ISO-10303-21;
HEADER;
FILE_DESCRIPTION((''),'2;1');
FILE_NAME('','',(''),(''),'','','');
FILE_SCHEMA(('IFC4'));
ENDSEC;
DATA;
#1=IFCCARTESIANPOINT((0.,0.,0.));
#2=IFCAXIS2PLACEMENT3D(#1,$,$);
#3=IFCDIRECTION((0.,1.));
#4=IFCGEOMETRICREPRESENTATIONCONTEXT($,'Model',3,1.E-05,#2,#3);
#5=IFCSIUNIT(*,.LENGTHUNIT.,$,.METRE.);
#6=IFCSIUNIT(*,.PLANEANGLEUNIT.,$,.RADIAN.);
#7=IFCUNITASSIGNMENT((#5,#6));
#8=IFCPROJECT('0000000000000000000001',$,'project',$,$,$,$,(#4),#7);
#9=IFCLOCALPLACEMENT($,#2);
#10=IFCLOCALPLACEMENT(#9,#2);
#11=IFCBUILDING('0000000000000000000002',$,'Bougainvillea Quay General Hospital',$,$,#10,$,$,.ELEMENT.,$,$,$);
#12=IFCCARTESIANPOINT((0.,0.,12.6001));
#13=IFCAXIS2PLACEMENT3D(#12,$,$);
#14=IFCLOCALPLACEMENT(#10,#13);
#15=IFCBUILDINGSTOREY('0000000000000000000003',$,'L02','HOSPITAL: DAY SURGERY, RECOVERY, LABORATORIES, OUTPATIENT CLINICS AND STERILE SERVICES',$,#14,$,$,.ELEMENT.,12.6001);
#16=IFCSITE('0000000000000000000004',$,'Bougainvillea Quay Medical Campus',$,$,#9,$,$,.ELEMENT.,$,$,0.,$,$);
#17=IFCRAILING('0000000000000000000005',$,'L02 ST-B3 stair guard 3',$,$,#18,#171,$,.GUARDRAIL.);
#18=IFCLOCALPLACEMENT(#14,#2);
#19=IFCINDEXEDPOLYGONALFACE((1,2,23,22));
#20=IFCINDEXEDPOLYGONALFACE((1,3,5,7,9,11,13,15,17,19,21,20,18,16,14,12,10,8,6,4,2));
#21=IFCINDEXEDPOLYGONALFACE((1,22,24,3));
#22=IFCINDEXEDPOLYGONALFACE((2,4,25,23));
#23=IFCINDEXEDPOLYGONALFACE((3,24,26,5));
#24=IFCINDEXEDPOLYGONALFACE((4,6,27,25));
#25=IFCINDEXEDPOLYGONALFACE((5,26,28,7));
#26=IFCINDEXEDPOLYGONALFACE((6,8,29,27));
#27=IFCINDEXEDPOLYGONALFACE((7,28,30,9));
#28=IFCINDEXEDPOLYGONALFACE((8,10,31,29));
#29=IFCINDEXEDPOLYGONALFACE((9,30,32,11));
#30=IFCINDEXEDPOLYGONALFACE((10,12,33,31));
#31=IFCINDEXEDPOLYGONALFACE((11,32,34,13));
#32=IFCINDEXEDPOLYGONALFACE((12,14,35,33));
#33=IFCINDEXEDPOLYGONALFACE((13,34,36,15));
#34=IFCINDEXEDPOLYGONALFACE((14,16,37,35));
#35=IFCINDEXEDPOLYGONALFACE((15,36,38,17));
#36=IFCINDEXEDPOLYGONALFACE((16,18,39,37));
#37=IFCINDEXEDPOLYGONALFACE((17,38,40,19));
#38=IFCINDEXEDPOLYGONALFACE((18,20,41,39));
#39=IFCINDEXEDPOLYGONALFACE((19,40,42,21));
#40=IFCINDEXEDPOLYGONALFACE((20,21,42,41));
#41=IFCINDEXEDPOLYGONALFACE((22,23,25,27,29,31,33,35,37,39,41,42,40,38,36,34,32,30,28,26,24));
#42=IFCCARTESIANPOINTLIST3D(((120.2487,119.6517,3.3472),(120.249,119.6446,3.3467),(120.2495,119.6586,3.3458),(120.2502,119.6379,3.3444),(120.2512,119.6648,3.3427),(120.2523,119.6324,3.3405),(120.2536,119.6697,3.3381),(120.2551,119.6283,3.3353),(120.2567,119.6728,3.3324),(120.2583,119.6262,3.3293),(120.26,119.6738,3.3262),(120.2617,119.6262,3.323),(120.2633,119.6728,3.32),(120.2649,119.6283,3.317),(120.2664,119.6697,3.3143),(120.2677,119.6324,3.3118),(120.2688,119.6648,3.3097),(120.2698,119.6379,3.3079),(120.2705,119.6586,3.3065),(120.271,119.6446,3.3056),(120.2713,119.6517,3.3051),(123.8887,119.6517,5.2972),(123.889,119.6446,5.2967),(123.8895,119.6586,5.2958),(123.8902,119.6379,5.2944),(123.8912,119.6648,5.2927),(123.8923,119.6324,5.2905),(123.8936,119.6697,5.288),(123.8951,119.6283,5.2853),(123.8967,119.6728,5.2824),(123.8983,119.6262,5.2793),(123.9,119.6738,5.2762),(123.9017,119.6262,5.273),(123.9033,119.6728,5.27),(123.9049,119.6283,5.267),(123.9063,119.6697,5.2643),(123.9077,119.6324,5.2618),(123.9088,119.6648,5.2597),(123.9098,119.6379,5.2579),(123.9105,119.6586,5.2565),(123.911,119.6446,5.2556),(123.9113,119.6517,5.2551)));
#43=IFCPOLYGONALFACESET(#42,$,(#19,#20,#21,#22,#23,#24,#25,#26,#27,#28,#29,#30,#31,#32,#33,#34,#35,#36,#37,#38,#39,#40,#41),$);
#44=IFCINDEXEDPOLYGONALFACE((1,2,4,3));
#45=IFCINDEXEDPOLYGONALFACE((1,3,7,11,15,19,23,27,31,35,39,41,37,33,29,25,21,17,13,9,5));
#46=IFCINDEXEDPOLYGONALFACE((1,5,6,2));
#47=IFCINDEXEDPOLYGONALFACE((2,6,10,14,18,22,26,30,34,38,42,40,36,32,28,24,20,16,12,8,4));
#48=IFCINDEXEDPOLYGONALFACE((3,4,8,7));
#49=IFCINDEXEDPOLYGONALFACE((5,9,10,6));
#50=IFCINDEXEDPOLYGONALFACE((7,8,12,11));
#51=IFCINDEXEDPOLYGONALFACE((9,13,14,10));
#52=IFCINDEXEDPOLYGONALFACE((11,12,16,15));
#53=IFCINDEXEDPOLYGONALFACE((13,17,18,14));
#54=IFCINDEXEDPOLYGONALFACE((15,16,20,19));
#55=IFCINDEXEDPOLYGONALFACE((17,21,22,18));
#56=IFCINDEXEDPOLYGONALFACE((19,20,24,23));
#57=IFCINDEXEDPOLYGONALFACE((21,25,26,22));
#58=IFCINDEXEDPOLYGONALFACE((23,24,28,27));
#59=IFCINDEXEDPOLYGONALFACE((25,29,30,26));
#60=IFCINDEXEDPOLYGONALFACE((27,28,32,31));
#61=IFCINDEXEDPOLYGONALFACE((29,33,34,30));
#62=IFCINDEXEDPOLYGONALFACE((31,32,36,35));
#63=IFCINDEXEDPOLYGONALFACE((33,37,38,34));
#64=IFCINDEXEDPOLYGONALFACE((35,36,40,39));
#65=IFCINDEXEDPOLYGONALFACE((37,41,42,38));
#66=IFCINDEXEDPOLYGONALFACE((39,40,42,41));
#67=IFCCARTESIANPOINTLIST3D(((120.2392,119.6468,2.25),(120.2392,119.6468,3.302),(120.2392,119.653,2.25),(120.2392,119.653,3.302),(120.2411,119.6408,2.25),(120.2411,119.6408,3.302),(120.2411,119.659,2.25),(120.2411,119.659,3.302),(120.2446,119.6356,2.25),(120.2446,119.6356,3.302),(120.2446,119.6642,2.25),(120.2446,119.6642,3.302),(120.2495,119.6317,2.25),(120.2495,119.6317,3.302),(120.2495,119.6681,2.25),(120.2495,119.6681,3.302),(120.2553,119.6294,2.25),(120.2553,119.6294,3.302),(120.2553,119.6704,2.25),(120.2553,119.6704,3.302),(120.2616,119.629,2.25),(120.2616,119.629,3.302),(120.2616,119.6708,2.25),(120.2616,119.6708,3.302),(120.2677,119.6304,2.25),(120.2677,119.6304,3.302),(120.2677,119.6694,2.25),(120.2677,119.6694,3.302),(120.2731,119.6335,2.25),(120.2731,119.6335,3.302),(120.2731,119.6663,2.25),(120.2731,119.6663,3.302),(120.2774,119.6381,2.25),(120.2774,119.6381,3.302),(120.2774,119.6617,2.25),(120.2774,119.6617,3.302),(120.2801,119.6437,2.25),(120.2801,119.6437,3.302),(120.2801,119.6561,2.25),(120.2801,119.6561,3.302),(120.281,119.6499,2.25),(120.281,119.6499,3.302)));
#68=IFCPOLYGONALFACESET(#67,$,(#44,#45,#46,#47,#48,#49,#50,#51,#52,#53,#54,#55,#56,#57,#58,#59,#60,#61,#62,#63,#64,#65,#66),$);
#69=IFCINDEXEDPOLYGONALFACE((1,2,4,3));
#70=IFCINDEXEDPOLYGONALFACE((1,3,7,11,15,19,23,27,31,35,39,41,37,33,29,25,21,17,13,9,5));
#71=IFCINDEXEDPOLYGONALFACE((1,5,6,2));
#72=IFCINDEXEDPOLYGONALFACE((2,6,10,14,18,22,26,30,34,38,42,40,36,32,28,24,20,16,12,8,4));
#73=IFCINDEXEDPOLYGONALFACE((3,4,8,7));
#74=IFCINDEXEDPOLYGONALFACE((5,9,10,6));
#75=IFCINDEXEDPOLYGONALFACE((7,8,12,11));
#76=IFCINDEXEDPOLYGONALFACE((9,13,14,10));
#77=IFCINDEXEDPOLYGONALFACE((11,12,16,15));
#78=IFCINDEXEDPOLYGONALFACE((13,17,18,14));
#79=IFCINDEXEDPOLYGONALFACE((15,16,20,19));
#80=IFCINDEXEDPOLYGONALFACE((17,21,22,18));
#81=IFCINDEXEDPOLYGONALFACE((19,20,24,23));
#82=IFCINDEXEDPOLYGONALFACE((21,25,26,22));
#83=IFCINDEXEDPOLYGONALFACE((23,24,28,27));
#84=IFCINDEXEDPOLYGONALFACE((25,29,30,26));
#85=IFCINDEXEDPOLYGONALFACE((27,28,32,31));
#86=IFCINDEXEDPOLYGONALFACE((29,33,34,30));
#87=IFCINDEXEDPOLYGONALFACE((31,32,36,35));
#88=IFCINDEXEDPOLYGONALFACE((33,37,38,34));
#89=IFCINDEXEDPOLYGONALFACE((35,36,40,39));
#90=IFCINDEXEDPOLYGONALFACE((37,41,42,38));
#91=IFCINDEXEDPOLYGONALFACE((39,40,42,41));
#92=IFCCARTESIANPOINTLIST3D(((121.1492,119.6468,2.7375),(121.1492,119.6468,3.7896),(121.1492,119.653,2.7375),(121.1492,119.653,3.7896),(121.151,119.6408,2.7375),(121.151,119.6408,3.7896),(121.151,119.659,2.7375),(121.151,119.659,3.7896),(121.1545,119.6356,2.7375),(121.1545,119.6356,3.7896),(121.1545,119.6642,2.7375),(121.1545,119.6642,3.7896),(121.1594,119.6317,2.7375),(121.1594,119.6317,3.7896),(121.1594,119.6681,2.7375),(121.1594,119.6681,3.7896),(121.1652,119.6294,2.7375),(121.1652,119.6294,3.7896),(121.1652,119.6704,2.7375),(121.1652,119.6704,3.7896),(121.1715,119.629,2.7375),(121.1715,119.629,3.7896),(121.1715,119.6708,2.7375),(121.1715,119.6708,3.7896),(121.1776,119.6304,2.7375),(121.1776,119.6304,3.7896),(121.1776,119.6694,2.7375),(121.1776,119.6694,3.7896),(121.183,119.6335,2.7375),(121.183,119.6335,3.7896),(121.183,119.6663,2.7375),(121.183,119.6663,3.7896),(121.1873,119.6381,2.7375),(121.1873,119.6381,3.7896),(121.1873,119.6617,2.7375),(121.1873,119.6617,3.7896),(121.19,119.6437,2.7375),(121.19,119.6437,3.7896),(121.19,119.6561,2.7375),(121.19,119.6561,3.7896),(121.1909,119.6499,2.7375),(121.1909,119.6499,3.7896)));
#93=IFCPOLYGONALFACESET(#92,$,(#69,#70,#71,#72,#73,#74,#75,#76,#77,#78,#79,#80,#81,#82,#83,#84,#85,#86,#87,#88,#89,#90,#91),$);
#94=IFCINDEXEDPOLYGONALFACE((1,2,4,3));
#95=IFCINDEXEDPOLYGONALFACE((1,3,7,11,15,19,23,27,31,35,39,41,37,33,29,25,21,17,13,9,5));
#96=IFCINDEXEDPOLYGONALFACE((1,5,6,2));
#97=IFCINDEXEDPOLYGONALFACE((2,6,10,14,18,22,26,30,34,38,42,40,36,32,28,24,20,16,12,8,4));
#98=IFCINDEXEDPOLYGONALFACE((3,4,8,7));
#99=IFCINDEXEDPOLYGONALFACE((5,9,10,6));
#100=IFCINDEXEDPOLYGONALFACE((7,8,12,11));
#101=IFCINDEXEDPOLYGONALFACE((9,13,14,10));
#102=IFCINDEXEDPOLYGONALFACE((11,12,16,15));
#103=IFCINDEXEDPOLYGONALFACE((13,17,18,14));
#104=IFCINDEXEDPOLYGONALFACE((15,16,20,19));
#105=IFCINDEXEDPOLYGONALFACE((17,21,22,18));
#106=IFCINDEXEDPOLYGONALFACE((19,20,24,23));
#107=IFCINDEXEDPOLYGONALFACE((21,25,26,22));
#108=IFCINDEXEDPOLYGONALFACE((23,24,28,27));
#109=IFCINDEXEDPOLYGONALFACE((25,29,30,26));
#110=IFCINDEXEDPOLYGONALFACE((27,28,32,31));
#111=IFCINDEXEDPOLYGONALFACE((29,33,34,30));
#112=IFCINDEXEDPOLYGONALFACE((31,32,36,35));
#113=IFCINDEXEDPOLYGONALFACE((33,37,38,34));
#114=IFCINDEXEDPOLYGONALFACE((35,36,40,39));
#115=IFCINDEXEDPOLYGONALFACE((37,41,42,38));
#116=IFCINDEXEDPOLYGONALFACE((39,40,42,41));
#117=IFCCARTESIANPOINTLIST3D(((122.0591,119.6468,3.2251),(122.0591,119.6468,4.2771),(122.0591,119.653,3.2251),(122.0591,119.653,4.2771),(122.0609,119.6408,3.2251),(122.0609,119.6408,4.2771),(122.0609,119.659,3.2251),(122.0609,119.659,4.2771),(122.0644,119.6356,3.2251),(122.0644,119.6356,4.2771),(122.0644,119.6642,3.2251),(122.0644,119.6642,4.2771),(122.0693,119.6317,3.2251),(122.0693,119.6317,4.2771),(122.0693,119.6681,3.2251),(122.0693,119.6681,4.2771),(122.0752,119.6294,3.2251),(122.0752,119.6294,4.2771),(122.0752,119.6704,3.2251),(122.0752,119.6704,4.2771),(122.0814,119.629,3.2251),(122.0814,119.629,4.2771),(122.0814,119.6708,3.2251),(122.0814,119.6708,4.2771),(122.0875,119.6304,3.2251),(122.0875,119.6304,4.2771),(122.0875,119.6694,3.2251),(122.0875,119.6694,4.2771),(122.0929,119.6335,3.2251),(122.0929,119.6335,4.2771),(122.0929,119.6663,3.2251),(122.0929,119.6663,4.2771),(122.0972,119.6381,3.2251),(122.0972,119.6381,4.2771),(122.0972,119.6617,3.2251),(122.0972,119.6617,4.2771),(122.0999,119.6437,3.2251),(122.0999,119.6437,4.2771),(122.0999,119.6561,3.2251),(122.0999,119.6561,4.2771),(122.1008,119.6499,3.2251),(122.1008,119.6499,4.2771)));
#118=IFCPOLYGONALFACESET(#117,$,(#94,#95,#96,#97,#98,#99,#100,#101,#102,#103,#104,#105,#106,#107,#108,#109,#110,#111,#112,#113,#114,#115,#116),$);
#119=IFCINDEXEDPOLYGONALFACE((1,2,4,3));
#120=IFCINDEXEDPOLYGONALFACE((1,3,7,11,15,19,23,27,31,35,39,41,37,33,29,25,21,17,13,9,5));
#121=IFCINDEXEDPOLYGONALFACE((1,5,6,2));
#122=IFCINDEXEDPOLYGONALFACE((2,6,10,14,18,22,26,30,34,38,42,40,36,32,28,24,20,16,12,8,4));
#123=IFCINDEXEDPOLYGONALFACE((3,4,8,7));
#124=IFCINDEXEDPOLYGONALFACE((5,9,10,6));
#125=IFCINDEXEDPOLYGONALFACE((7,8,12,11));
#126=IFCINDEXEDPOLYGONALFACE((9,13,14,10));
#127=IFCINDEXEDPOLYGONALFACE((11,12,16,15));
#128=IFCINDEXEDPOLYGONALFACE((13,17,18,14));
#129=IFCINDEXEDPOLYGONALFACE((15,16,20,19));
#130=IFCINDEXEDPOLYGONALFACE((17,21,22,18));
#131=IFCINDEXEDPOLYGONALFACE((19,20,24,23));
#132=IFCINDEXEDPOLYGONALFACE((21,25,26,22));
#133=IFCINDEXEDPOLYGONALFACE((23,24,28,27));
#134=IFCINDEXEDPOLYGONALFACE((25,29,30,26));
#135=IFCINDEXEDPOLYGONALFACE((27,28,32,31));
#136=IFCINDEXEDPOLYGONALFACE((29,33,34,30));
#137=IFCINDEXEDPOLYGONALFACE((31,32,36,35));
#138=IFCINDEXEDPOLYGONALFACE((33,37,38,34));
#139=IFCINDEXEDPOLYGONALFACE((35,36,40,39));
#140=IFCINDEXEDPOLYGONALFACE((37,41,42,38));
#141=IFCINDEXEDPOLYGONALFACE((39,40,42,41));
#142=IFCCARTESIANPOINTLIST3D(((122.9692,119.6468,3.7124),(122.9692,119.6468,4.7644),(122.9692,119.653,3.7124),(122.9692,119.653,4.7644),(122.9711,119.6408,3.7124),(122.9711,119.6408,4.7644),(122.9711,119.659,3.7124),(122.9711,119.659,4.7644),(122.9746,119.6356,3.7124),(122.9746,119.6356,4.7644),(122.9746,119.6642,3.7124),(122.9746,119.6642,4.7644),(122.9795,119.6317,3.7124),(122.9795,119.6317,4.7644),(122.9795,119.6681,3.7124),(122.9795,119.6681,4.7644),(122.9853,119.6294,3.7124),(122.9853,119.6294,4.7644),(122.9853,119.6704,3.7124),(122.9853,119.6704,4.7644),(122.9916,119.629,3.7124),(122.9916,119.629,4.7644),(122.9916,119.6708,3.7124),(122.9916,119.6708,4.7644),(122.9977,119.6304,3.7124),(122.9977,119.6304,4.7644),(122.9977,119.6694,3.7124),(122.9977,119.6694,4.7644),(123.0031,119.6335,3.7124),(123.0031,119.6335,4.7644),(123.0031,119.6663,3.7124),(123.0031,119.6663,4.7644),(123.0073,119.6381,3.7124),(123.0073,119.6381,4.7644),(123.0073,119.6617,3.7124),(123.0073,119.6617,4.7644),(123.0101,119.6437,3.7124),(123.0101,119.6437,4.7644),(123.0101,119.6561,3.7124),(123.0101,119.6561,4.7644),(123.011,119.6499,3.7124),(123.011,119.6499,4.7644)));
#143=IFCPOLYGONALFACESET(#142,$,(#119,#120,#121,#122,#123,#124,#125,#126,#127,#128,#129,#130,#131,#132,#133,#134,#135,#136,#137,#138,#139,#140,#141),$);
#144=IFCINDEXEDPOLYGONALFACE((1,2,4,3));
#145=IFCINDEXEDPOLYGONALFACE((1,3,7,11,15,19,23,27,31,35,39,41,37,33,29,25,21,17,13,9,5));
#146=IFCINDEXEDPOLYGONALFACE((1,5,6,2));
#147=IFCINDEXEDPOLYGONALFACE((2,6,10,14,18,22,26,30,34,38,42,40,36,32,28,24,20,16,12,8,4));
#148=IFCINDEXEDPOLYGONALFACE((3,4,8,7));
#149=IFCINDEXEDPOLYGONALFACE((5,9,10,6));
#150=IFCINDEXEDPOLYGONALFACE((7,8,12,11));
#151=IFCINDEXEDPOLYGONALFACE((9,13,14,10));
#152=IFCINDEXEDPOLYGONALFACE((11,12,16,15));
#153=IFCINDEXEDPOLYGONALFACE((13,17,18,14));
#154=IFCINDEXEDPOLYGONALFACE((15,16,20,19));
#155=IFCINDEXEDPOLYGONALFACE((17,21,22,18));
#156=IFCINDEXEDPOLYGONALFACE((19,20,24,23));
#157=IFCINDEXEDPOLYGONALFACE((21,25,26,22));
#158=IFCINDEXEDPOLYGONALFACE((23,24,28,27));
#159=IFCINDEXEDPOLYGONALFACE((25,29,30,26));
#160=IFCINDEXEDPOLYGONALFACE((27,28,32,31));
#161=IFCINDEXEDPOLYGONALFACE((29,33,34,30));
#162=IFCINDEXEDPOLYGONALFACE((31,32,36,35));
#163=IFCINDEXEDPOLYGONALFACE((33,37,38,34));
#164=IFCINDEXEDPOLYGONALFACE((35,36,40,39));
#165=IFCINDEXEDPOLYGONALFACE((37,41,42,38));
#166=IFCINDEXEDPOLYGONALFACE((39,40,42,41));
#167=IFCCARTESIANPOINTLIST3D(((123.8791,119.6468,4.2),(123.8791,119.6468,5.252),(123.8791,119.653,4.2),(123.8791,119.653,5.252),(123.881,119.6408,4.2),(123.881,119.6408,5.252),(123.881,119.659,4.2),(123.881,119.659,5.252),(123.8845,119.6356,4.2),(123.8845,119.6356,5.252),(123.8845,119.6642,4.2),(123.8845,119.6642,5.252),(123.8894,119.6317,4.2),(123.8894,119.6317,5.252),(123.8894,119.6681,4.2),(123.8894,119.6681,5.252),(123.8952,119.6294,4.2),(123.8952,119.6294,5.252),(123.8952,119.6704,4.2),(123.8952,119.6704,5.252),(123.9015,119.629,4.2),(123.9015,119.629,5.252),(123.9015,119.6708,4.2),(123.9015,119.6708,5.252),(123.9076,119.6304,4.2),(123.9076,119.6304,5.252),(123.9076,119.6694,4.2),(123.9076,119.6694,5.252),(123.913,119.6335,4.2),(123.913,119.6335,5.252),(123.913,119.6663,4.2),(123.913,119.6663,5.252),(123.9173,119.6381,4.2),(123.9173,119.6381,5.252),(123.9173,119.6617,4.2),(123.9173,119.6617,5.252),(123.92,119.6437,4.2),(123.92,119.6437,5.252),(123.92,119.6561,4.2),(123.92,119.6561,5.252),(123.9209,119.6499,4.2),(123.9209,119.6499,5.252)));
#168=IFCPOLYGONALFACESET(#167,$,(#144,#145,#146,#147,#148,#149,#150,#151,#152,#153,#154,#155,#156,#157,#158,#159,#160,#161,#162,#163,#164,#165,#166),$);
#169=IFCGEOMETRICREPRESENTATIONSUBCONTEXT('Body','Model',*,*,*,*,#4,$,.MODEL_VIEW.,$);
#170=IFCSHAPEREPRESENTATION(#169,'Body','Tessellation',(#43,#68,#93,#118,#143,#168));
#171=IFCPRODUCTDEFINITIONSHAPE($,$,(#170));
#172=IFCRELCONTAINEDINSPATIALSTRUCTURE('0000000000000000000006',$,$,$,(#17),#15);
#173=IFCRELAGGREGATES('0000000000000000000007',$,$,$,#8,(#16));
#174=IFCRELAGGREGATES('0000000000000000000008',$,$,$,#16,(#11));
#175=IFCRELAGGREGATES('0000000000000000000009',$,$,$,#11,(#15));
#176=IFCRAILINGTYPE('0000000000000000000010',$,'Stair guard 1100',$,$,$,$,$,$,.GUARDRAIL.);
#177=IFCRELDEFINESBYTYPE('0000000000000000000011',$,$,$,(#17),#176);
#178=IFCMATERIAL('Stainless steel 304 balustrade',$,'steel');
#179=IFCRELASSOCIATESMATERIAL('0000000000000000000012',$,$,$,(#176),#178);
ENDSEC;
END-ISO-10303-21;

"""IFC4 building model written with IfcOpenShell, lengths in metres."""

from ifc_helpers import new_model, si_unit, direction, frame, origin, origin_2d, place, context, subcontext, project, spatial, circle, extrude, material, type_object, element, save


model = new_model("IFC4")

# Units and contexts
model_context = context("Model", 3, precision=1e-05, world=origin(), true_north=direction((0.0, 1.0)))
body_context = subcontext(model_context, "Body", "Model", "MODEL_VIEW")
ifc_project = project(units=[si_unit("LENGTHUNIT", "METRE"), si_unit("PLANEANGLEUNIT", "RADIAN")], contexts=[model_context])

# Site, building, storey
site_placement = place(None, origin())
site = spatial("IfcSite", under=ifc_project, at=site_placement, Name="Bougainvillea Quay Medical Campus", CompositionType="ELEMENT", RefElevation=0.0)
building_placement = place(site_placement, origin())
building = spatial("IfcBuilding", under=site, at=building_placement, Name="Bougainvillea Quay General Hospital", CompositionType="ELEMENT")
storey_placement = place(building_placement, frame((0.0, 0.0, 12.6001)))
storey = spatial("IfcBuildingStorey", under=building, at=storey_placement, Name="L02", Description="HOSPITAL: DAY SURGERY, RECOVERY, LABORATORIES, OUTPATIENT CLINICS AND STERILE SERVICES", CompositionType="ELEMENT", Elevation=12.6001)

# Railing
ifc_material_1 = material(Name="Stainless steel 304 balustrade", Category="steel")
railing_type_1 = type_object("IfcRailingType", Name="Stair guard 1100", PredefinedType="GUARDRAIL", material=ifc_material_1)
railing_1_placement = place(storey_placement, frame((120.26, 119.6499, 2.25)))
element("IfcRailing", 1, at=railing_1_placement, inside=storey, type_object=railing_type_1, Name="L02 ST-B3 stair guard 3", PredefinedType="GUARDRAIL", context=body_context, shape_type="SweptSolid", body=[
    extrude(circle(Radius=0.0239, at=origin_2d()), frame((0.0, 0.0, 1.0762), z_axis=(0.881479, 0.0, 0.472223), x_axis=(0.0, 1.0, 0.0)), (0.0, 0.0, 1.0), 4.1294),
    extrude(circle(Radius=0.021, at=origin_2d()), origin(), (0.0, 0.0, 1.0), 1.052),
    extrude(circle(Radius=0.021, at=origin_2d()), frame((0.9099, 0.0, 0.4875)), (0.0, 0.0, 1.0), 1.052),
    extrude(circle(Radius=0.021, at=origin_2d()), frame((1.8198, 0.0, 0.9751)), (0.0, 0.0, 1.0), 1.052),
    extrude(circle(Radius=0.021, at=origin_2d()), frame((2.73, 0.0, 1.4624)), (0.0, 0.0, 1.0), 1.052),
    extrude(circle(Radius=0.021, at=origin_2d()), frame((3.6399, 0.0, 1.95)), (0.0, 0.0, 1.0), 1.052),
])

save(model, "model.ifc")
